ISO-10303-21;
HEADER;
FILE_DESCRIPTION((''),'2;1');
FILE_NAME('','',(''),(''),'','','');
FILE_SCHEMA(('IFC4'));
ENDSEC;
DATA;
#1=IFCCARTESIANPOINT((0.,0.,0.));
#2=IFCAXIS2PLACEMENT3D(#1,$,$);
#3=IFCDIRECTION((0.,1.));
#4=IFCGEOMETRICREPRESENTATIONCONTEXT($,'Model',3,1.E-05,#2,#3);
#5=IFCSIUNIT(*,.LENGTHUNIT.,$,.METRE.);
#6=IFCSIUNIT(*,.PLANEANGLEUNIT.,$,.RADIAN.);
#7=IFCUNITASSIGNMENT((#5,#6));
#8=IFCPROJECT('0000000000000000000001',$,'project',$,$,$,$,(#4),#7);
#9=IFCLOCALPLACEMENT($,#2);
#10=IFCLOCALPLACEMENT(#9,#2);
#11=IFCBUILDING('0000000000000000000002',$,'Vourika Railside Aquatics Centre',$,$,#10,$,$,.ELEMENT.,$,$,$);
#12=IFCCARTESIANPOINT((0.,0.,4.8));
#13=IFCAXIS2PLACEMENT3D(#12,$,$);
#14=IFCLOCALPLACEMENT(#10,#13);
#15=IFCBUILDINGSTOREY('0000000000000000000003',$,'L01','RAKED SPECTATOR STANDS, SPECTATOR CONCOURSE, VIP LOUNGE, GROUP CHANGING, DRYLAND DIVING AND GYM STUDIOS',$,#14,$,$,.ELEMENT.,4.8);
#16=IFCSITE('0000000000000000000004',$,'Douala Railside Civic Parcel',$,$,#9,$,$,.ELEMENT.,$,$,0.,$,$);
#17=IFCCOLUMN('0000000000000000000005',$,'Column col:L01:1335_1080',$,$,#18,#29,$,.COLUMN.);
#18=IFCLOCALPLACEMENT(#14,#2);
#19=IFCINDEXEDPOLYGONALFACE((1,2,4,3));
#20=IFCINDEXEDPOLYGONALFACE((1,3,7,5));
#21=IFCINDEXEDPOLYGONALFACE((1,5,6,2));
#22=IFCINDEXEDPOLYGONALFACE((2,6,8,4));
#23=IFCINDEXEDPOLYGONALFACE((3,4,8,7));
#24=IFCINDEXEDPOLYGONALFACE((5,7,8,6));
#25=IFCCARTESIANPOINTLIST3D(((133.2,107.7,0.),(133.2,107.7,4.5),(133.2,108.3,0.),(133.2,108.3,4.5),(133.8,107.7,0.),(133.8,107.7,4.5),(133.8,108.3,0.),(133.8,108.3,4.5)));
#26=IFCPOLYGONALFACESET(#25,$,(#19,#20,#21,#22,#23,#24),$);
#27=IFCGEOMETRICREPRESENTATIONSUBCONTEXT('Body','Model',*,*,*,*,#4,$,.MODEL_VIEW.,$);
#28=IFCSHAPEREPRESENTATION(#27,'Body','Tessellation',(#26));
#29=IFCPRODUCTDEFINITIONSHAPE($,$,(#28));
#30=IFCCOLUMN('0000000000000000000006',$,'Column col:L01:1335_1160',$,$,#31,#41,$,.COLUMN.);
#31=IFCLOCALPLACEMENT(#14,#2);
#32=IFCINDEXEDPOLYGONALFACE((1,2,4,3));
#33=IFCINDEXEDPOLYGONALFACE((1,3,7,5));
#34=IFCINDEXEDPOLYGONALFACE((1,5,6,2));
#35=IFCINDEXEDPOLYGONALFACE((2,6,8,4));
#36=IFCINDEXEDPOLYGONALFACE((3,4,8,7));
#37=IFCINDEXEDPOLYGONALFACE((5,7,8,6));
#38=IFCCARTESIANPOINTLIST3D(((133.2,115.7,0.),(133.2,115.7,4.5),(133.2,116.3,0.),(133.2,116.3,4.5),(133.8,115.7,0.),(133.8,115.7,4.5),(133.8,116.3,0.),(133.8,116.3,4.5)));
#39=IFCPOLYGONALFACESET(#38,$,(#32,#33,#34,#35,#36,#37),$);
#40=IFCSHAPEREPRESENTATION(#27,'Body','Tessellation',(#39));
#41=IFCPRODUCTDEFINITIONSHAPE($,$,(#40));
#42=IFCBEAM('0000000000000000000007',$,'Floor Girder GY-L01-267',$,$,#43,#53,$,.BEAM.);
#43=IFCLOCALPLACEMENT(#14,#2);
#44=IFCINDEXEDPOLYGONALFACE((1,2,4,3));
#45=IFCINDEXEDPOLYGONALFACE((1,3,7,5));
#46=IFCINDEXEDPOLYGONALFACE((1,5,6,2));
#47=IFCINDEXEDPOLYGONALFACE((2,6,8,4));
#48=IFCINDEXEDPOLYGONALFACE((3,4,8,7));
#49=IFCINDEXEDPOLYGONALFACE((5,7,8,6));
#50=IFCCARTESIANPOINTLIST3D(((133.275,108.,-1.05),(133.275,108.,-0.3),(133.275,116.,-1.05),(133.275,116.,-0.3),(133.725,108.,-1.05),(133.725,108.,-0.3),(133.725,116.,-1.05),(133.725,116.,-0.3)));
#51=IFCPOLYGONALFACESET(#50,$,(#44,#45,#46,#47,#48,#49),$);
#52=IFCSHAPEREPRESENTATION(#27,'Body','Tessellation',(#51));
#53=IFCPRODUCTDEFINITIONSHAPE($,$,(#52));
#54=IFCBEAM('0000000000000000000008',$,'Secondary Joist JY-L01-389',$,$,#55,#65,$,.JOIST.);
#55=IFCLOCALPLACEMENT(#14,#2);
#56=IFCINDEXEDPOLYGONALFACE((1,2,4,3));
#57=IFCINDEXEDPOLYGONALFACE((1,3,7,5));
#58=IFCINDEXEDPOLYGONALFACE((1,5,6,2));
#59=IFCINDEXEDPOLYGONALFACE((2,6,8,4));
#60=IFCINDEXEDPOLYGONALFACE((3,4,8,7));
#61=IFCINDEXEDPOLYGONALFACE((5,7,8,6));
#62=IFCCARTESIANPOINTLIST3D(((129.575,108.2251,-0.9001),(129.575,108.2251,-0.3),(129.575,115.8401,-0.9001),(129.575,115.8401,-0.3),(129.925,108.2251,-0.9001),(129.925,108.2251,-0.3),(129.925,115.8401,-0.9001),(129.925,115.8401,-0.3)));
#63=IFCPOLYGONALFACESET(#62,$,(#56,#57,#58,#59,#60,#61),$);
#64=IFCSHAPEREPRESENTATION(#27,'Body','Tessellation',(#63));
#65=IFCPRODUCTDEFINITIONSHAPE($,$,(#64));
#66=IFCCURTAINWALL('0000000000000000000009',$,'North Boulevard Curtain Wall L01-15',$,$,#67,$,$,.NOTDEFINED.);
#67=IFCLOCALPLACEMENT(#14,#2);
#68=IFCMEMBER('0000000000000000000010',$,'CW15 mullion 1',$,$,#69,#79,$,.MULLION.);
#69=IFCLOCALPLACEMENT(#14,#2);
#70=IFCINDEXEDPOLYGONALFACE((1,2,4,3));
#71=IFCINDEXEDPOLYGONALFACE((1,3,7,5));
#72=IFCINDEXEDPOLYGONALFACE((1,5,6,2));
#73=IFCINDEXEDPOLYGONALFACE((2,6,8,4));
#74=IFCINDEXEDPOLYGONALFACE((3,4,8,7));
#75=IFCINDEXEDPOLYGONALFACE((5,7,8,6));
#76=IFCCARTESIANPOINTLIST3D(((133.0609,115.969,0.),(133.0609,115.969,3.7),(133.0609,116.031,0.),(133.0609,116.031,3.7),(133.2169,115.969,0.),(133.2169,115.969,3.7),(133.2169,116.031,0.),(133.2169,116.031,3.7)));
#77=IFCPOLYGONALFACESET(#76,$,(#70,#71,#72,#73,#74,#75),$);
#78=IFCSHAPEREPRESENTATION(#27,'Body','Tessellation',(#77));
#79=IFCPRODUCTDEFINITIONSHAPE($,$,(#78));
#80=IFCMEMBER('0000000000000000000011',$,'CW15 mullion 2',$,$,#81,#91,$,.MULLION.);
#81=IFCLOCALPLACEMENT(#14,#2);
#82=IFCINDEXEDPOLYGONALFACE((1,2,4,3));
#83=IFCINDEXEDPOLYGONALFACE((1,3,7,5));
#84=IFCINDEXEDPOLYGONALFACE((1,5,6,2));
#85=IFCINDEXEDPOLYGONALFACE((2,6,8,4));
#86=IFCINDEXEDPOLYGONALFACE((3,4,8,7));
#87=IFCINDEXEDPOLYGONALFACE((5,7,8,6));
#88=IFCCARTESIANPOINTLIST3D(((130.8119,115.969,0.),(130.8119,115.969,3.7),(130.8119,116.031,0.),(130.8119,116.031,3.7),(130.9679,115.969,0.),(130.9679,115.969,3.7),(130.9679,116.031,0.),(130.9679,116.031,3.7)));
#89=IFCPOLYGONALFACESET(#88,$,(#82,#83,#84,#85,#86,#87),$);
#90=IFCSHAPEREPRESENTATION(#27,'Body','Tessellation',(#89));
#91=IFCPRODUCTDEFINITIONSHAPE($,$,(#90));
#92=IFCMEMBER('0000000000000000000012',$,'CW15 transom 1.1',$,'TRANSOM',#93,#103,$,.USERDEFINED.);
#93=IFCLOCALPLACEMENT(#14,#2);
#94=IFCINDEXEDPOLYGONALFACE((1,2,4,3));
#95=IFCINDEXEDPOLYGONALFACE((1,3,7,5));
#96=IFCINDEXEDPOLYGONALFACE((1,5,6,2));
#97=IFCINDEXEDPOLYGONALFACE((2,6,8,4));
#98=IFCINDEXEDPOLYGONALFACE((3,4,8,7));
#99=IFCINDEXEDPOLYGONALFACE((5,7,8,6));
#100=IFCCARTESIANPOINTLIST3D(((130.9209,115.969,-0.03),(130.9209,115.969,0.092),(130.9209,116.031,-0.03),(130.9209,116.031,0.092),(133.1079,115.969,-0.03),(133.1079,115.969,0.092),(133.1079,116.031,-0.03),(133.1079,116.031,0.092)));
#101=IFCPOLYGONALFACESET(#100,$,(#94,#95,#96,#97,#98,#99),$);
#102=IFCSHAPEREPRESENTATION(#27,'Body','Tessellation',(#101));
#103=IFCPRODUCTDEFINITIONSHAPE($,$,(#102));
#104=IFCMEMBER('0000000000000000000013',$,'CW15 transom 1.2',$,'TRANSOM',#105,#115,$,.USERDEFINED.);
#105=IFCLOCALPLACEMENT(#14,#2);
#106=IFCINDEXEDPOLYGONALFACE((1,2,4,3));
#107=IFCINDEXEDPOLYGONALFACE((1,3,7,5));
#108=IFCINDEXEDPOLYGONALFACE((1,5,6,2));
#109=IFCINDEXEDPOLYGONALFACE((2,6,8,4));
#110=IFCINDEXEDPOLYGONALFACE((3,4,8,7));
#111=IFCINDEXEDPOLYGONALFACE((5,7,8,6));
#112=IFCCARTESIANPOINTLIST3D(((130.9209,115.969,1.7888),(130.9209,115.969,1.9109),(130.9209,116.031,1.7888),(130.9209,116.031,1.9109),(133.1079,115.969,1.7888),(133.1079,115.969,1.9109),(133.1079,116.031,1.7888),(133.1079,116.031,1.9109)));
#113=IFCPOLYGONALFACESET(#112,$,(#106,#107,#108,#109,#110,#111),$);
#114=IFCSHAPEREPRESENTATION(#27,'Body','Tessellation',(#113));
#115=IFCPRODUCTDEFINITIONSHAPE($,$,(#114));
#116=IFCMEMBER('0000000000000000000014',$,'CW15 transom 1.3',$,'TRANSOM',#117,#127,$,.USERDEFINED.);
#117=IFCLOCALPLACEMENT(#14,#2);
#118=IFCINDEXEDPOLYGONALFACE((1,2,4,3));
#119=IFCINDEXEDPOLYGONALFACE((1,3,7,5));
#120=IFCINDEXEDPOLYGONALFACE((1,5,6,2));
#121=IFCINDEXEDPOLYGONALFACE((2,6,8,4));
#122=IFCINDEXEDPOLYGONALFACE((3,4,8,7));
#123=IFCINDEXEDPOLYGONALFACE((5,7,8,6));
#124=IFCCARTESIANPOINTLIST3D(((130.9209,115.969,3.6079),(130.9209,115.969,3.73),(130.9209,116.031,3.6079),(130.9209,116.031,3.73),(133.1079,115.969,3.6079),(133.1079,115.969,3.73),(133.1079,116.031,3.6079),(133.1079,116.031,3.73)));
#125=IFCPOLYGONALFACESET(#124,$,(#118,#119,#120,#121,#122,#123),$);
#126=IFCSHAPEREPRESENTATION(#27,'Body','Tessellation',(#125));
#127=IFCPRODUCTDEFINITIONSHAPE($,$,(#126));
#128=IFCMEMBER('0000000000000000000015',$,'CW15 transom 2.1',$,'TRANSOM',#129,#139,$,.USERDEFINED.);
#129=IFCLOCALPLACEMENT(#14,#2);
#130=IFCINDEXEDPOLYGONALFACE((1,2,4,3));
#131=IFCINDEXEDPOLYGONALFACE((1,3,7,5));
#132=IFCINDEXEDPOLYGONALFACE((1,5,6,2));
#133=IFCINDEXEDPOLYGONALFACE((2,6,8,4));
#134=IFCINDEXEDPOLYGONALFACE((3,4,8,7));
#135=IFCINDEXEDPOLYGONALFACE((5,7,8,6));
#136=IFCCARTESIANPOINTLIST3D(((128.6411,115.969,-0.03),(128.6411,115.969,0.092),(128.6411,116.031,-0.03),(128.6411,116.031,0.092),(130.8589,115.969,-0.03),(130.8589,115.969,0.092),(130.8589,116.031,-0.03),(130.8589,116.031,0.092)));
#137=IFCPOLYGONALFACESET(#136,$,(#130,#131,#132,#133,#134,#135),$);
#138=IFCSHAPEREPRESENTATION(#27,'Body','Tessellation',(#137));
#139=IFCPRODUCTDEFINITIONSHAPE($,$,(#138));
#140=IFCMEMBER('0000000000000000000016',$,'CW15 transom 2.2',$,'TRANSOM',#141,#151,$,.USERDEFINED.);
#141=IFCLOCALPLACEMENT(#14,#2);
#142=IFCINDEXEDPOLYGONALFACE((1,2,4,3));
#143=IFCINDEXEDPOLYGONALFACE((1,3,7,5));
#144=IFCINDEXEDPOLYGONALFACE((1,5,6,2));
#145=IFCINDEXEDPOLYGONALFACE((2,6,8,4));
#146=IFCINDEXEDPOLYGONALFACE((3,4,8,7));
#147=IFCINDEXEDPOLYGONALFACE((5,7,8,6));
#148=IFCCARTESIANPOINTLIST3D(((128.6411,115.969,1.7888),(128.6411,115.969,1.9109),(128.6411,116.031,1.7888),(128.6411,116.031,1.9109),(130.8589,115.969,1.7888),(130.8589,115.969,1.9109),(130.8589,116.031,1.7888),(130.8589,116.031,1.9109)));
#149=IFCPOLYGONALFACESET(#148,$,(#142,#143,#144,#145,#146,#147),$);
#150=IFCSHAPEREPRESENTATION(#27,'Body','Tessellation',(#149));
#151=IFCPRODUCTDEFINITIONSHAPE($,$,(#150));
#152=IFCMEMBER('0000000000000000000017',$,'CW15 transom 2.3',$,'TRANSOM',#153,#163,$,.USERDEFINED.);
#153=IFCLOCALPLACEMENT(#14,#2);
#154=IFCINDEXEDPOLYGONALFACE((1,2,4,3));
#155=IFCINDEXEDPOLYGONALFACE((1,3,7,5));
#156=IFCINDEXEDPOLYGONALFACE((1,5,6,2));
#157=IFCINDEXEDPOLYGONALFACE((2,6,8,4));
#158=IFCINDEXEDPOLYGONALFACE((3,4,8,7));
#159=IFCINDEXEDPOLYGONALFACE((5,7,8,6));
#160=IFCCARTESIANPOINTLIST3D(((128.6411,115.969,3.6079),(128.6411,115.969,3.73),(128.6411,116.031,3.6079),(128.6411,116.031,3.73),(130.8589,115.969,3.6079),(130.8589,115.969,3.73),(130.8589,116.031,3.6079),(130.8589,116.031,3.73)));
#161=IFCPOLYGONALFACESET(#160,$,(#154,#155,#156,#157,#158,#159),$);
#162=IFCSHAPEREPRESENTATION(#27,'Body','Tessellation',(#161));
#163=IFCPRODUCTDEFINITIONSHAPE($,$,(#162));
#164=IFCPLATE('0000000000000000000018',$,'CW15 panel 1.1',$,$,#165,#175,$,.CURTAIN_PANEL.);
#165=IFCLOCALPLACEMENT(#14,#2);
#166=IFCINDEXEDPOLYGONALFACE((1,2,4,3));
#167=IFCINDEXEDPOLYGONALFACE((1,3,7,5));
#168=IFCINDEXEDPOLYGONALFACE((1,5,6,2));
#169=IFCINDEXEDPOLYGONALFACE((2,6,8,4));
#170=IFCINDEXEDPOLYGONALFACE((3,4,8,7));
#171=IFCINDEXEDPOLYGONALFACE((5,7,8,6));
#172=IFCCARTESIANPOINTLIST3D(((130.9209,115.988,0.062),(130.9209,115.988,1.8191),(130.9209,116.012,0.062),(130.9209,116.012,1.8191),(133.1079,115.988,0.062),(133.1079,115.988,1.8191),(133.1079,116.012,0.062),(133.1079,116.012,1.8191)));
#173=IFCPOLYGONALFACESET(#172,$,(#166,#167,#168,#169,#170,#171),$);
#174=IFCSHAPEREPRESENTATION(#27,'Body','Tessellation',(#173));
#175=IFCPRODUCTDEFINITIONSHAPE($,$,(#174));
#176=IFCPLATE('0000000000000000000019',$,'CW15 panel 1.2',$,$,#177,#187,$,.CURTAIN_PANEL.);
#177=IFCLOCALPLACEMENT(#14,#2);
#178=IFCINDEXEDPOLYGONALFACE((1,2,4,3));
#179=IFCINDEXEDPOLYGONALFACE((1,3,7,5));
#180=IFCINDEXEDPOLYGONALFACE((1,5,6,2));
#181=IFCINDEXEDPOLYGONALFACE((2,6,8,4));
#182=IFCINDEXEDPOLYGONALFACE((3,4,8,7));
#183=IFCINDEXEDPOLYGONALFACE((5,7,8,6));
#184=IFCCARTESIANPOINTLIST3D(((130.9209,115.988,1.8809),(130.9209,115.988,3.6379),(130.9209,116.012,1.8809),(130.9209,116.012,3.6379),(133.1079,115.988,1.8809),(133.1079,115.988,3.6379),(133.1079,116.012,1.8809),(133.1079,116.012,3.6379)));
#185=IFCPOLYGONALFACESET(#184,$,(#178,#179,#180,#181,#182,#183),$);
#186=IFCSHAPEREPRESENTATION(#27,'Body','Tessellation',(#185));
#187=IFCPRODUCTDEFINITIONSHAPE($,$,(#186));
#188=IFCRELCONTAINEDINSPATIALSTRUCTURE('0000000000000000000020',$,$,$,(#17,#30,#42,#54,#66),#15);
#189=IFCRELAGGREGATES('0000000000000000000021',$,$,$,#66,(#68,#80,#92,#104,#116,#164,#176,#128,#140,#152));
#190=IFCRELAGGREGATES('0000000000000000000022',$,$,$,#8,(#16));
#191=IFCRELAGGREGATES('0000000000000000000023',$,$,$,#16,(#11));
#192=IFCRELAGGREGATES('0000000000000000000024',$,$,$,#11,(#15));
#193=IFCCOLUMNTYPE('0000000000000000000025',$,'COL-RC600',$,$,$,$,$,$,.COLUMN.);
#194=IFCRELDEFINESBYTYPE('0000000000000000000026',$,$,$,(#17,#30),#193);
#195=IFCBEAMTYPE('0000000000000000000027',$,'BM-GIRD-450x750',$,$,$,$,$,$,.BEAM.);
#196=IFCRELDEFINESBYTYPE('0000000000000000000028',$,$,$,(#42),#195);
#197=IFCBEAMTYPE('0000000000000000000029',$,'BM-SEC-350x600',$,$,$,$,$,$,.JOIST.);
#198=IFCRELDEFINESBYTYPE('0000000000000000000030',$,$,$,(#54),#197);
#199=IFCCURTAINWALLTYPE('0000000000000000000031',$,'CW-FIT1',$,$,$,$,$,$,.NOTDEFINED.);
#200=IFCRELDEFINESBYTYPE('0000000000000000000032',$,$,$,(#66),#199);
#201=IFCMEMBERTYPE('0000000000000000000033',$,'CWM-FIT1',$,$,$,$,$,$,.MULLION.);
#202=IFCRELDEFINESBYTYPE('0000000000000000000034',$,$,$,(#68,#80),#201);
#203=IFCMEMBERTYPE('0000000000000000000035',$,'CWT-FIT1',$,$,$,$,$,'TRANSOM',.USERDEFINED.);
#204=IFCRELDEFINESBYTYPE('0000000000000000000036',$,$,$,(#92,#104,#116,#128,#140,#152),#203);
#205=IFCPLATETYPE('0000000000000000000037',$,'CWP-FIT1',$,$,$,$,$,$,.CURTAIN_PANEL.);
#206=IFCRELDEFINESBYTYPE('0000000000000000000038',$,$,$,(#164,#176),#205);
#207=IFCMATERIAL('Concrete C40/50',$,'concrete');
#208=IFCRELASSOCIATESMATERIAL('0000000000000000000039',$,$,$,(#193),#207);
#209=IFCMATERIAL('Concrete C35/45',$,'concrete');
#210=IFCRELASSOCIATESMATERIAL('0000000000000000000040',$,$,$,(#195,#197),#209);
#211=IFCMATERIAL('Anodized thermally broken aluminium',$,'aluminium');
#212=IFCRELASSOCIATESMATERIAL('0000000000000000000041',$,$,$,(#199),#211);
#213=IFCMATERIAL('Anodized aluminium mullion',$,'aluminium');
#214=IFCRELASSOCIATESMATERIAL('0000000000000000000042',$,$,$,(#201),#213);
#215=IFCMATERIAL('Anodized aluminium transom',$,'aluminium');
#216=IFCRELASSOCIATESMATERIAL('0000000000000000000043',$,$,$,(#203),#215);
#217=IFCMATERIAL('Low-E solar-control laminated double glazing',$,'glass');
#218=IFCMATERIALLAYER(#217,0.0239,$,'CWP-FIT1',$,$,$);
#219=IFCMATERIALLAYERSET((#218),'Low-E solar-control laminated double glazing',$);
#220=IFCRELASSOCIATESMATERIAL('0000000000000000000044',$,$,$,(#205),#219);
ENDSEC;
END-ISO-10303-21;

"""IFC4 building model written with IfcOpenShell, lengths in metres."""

from ifc_helpers import new_model, si_unit, direction, frame, origin, origin_2d, place, context, subcontext, project, spatial, rectangle, extrude, material, layer, layer_set, material_profile, profile_set, type_object, element, aggregate, save


model = new_model("IFC4")

# Units and contexts
model_context = context("Model", 3, precision=1e-05, world=origin(), true_north=direction((0.0, 1.0)))
body_context = subcontext(model_context, "Body", "Model", "MODEL_VIEW")
ifc_project = project(units=[si_unit("LENGTHUNIT", "METRE"), si_unit("PLANEANGLEUNIT", "RADIAN")], contexts=[model_context])

# Site, building, storey
site_placement = place(None, origin())
site = spatial("IfcSite", under=ifc_project, at=site_placement, Name="Douala Railside Civic Parcel", CompositionType="ELEMENT", RefElevation=0.0)
building_placement = place(site_placement, origin())
building = spatial("IfcBuilding", under=site, at=building_placement, Name="Vourika Railside Aquatics Centre", CompositionType="ELEMENT")
storey_placement = place(building_placement, frame((0.0, 0.0, 4.8)))
storey = spatial("IfcBuildingStorey", under=building, at=storey_placement, Name="L01", Description="RAKED SPECTATOR STANDS, SPECTATOR CONCOURSE, VIP LOUNGE, GROUP CHANGING, DRYLAND DIVING AND GYM STUDIOS", CompositionType="ELEMENT", Elevation=4.8)

# Columns
ifc_material_1 = material(Name="Concrete C40/50", Category="concrete")
ifc_material_profile_1 = material_profile(ifc_material_1, rectangle(XDim=0.6001, YDim=0.6001, at=origin_2d()), Name="RC 600x600")
ifc_profile_set_1 = profile_set([ifc_material_profile_1], Name="Concrete C40/50")
column_type = type_object("IfcColumnType", Name="COL-RC600", PredefinedType="COLUMN", material=ifc_profile_set_1)
for number, where, z_axis, x_axis, name in (
    (1, (133.5, 108.0, 0.0), (0.0, 0.0, 1.0), (1.0, 0.0, 0.0), "Column col:L01:1335_1080"),
    (2, (133.5, 116.0, 0.0), (0.0, 0.0, 1.0), (1.0, 0.0, 0.0), "Column col:L01:1335_1160"),
):
    element("IfcColumn", number, at=place(storey_placement, frame(where, z_axis=z_axis, x_axis=x_axis)), inside=storey, type_object=column_type, Name=name, PredefinedType="COLUMN", context=body_context, shape_type="SweptSolid", body=[
        extrude(rectangle(XDim=0.6001, YDim=0.6001, at=origin_2d()), origin(), (0.0, 0.0, 1.0), 4.5),
    ])

# Beams
ifc_material_2 = material(Name="Concrete C35/45", Category="concrete")
ifc_material_profile_2 = material_profile(ifc_material_2, rectangle(XDim=0.45, YDim=0.75, at=origin_2d()), Name="RC 450x750")
ifc_profile_set_2 = profile_set([ifc_material_profile_2], Name="Concrete C35/45")
beam_type_1 = type_object("IfcBeamType", Name="BM-GIRD-450x750", PredefinedType="BEAM", material=ifc_profile_set_2)
beam_1_placement = place(storey_placement, frame((133.5, 108.0, -0.675), z_axis=(0.0, 1.0, 0.0), x_axis=(-1.0, 0.0, 0.0)))
element("IfcBeam", 3, at=beam_1_placement, inside=storey, type_object=beam_type_1, Name="Floor Girder GY-L01-267", PredefinedType="BEAM", context=body_context, shape_type="SweptSolid", body=[
    extrude(rectangle(XDim=0.45, YDim=0.75, at=origin_2d()), origin(), (0.0, 0.0, 1.0), 8.0),
])
ifc_material_profile_3 = material_profile(ifc_material_2, rectangle(XDim=0.3501, YDim=0.6001, at=origin_2d()), Name="RC 350x600")
ifc_profile_set_3 = profile_set([ifc_material_profile_3], Name="Concrete C35/45")
beam_type_2 = type_object("IfcBeamType", Name="BM-SEC-350x600", PredefinedType="JOIST", material=ifc_profile_set_3)
beam_2_placement = place(storey_placement, frame((129.75, 108.2251, -0.6001), z_axis=(0.0, 1.0, 0.0), x_axis=(-1.0, 0.0, 0.0)))
element("IfcBeam", 4, at=beam_2_placement, inside=storey, type_object=beam_type_2, Name="Secondary Joist JY-L01-389", PredefinedType="JOIST", context=body_context, shape_type="SweptSolid", body=[
    extrude(rectangle(XDim=0.3501, YDim=0.6001, at=origin_2d()), origin(), (0.0, 0.0, 1.0), 7.615),
])

# Curtain wall, members, plates
ifc_material_3 = material(Name="Anodized thermally broken aluminium", Category="aluminium")
curtain_wall_type = type_object("IfcCurtainWallType", Name="CW-FIT1", PredefinedType="NOTDEFINED", material=ifc_material_3)
curtain_wall_placement = place(storey_placement, origin())
curtain_wall = element("IfcCurtainWall", 5, at=curtain_wall_placement, inside=storey, type_object=curtain_wall_type, Name="North Boulevard Curtain Wall L01-15", PredefinedType="NOTDEFINED")
ifc_material_4 = material(Name="Anodized aluminium mullion", Category="aluminium")
ifc_material_profile_4 = material_profile(ifc_material_4, rectangle(XDim=0.062, YDim=0.156, at=origin_2d()), Name="ALU-M 62x156")
ifc_profile_set_4 = profile_set([ifc_material_profile_4], Name="Anodized aluminium mullion")
member_type_1 = type_object("IfcMemberType", Name="CWM-FIT1", PredefinedType="MULLION", material=ifc_profile_set_4)
member_1_placement = place(storey_placement, frame((133.1389, 116.0, 0.0), z_axis=(0.0, 0.0, 1.0), x_axis=(0.0, -1.0, 0.0)))
member_1 = element("IfcMember", 6, at=member_1_placement, type_object=member_type_1, Name="CW15 mullion 1", PredefinedType="MULLION", context=body_context, shape_type="SweptSolid", body=[
    extrude(rectangle(XDim=0.062, YDim=0.156, at=origin_2d()), origin(), (0.0, 0.0, 1.0), 3.7),
])
member_2_placement = place(storey_placement, frame((130.8899, 116.0, 0.0), z_axis=(0.0, 0.0, 1.0), x_axis=(0.0, -1.0, 0.0)))
member_2 = element("IfcMember", 7, at=member_2_placement, type_object=member_type_1, Name="CW15 mullion 2", PredefinedType="MULLION", context=body_context, shape_type="SweptSolid", body=[
    extrude(rectangle(XDim=0.062, YDim=0.156, at=origin_2d()), origin(), (0.0, 0.0, 1.0), 3.7),
])
ifc_material_5 = material(Name="Anodized aluminium transom", Category="aluminium")
ifc_material_profile_5 = material_profile(ifc_material_5, rectangle(XDim=0.062, YDim=0.1221, at=origin_2d()), Name="ALU-T 62x122")
ifc_profile_set_5 = profile_set([ifc_material_profile_5], Name="Anodized aluminium transom")
member_type_2 = type_object("IfcMemberType", Name="CWT-FIT1", ElementType="TRANSOM", PredefinedType="USERDEFINED", material=ifc_profile_set_5)
member_3_placement = place(storey_placement, frame((133.1079, 116.0, 0.031), z_axis=(-1.0, 0.0, 0.0), x_axis=(0.0, -1.0, 0.0)))
member_3 = element("IfcMember", 8, at=member_3_placement, type_object=member_type_2, Name="CW15 transom 1.1", ObjectType="TRANSOM", PredefinedType="USERDEFINED", context=body_context, shape_type="SweptSolid", body=[
    extrude(rectangle(XDim=0.062, YDim=0.1221, at=origin_2d()), origin(), (0.0, 0.0, 1.0), 2.187),
])
member_4_placement = place(storey_placement, frame((133.1079, 116.0, 1.8499), z_axis=(-1.0, 0.0, 0.0), x_axis=(0.0, -1.0, 0.0)))
member_4 = element("IfcMember", 9, at=member_4_placement, type_object=member_type_2, Name="CW15 transom 1.2", ObjectType="TRANSOM", PredefinedType="USERDEFINED", context=body_context, shape_type="SweptSolid", body=[
    extrude(rectangle(XDim=0.062, YDim=0.1221, at=origin_2d()), origin(), (0.0, 0.0, 1.0), 2.187),
])
member_5_placement = place(storey_placement, frame((133.1079, 116.0, 3.6689), z_axis=(-1.0, 0.0, 0.0), x_axis=(0.0, -1.0, 0.0)))
member_5 = element("IfcMember", 10, at=member_5_placement, type_object=member_type_2, Name="CW15 transom 1.3", ObjectType="TRANSOM", PredefinedType="USERDEFINED", context=body_context, shape_type="SweptSolid", body=[
    extrude(rectangle(XDim=0.062, YDim=0.1221, at=origin_2d()), origin(), (0.0, 0.0, 1.0), 2.187),
])
member_6_placement = place(storey_placement, frame((130.8589, 116.0, 0.031), z_axis=(-1.0, 0.0, 0.0), x_axis=(0.0, -1.0, 0.0)))
member_6 = element("IfcMember", 11, at=member_6_placement, type_object=member_type_2, Name="CW15 transom 2.1", ObjectType="TRANSOM", PredefinedType="USERDEFINED", context=body_context, shape_type="SweptSolid", body=[
    extrude(rectangle(XDim=0.062, YDim=0.1221, at=origin_2d()), origin(), (0.0, 0.0, 1.0), 2.2178),
])
member_7_placement = place(storey_placement, frame((130.8589, 116.0, 1.8499), z_axis=(-1.0, 0.0, 0.0), x_axis=(0.0, -1.0, 0.0)))
member_7 = element("IfcMember", 12, at=member_7_placement, type_object=member_type_2, Name="CW15 transom 2.2", ObjectType="TRANSOM", PredefinedType="USERDEFINED", context=body_context, shape_type="SweptSolid", body=[
    extrude(rectangle(XDim=0.062, YDim=0.1221, at=origin_2d()), origin(), (0.0, 0.0, 1.0), 2.2178),
])
member_8_placement = place(storey_placement, frame((130.8589, 116.0, 3.6689), z_axis=(-1.0, 0.0, 0.0), x_axis=(0.0, -1.0, 0.0)))
member_8 = element("IfcMember", 13, at=member_8_placement, type_object=member_type_2, Name="CW15 transom 2.3", ObjectType="TRANSOM", PredefinedType="USERDEFINED", context=body_context, shape_type="SweptSolid", body=[
    extrude(rectangle(XDim=0.062, YDim=0.1221, at=origin_2d()), origin(), (0.0, 0.0, 1.0), 2.2178),
])
ifc_material_6 = material(Name="Low-E solar-control laminated double glazing", Category="glass")
ifc_layer_1 = layer(ifc_material_6, 0.0239, Name="CWP-FIT1")
ifc_layer_set_1 = layer_set([ifc_layer_1], Name="Low-E solar-control laminated double glazing")
plate_type = type_object("IfcPlateType", Name="CWP-FIT1", PredefinedType="CURTAIN_PANEL", material=ifc_layer_set_1)
plate_1_placement = place(storey_placement, frame((132.0144, 116.0, 0.062), z_axis=(0.0, 0.0, 1.0), x_axis=(-1.0, 0.0, 0.0)))
plate_1 = element("IfcPlate", 14, at=plate_1_placement, type_object=plate_type, Name="CW15 panel 1.1", PredefinedType="CURTAIN_PANEL", context=body_context, shape_type="SweptSolid", body=[
    extrude(rectangle(XDim=2.187, YDim=0.0239, at=origin_2d()), origin(), (0.0, 0.0, 1.0), 1.7571),
])
plate_2_placement = place(storey_placement, frame((132.0144, 116.0, 1.8809), z_axis=(0.0, 0.0, 1.0), x_axis=(-1.0, 0.0, 0.0)))
plate_2 = element("IfcPlate", 15, at=plate_2_placement, type_object=plate_type, Name="CW15 panel 1.2", PredefinedType="CURTAIN_PANEL", context=body_context, shape_type="SweptSolid", body=[
    extrude(rectangle(XDim=2.187, YDim=0.0239, at=origin_2d()), origin(), (0.0, 0.0, 1.0), 1.7571),
])
aggregate(curtain_wall, [member_1, member_2, member_3, member_4, member_5, plate_1, plate_2, member_6, member_7, member_8])

save(model, "model.ifc")
